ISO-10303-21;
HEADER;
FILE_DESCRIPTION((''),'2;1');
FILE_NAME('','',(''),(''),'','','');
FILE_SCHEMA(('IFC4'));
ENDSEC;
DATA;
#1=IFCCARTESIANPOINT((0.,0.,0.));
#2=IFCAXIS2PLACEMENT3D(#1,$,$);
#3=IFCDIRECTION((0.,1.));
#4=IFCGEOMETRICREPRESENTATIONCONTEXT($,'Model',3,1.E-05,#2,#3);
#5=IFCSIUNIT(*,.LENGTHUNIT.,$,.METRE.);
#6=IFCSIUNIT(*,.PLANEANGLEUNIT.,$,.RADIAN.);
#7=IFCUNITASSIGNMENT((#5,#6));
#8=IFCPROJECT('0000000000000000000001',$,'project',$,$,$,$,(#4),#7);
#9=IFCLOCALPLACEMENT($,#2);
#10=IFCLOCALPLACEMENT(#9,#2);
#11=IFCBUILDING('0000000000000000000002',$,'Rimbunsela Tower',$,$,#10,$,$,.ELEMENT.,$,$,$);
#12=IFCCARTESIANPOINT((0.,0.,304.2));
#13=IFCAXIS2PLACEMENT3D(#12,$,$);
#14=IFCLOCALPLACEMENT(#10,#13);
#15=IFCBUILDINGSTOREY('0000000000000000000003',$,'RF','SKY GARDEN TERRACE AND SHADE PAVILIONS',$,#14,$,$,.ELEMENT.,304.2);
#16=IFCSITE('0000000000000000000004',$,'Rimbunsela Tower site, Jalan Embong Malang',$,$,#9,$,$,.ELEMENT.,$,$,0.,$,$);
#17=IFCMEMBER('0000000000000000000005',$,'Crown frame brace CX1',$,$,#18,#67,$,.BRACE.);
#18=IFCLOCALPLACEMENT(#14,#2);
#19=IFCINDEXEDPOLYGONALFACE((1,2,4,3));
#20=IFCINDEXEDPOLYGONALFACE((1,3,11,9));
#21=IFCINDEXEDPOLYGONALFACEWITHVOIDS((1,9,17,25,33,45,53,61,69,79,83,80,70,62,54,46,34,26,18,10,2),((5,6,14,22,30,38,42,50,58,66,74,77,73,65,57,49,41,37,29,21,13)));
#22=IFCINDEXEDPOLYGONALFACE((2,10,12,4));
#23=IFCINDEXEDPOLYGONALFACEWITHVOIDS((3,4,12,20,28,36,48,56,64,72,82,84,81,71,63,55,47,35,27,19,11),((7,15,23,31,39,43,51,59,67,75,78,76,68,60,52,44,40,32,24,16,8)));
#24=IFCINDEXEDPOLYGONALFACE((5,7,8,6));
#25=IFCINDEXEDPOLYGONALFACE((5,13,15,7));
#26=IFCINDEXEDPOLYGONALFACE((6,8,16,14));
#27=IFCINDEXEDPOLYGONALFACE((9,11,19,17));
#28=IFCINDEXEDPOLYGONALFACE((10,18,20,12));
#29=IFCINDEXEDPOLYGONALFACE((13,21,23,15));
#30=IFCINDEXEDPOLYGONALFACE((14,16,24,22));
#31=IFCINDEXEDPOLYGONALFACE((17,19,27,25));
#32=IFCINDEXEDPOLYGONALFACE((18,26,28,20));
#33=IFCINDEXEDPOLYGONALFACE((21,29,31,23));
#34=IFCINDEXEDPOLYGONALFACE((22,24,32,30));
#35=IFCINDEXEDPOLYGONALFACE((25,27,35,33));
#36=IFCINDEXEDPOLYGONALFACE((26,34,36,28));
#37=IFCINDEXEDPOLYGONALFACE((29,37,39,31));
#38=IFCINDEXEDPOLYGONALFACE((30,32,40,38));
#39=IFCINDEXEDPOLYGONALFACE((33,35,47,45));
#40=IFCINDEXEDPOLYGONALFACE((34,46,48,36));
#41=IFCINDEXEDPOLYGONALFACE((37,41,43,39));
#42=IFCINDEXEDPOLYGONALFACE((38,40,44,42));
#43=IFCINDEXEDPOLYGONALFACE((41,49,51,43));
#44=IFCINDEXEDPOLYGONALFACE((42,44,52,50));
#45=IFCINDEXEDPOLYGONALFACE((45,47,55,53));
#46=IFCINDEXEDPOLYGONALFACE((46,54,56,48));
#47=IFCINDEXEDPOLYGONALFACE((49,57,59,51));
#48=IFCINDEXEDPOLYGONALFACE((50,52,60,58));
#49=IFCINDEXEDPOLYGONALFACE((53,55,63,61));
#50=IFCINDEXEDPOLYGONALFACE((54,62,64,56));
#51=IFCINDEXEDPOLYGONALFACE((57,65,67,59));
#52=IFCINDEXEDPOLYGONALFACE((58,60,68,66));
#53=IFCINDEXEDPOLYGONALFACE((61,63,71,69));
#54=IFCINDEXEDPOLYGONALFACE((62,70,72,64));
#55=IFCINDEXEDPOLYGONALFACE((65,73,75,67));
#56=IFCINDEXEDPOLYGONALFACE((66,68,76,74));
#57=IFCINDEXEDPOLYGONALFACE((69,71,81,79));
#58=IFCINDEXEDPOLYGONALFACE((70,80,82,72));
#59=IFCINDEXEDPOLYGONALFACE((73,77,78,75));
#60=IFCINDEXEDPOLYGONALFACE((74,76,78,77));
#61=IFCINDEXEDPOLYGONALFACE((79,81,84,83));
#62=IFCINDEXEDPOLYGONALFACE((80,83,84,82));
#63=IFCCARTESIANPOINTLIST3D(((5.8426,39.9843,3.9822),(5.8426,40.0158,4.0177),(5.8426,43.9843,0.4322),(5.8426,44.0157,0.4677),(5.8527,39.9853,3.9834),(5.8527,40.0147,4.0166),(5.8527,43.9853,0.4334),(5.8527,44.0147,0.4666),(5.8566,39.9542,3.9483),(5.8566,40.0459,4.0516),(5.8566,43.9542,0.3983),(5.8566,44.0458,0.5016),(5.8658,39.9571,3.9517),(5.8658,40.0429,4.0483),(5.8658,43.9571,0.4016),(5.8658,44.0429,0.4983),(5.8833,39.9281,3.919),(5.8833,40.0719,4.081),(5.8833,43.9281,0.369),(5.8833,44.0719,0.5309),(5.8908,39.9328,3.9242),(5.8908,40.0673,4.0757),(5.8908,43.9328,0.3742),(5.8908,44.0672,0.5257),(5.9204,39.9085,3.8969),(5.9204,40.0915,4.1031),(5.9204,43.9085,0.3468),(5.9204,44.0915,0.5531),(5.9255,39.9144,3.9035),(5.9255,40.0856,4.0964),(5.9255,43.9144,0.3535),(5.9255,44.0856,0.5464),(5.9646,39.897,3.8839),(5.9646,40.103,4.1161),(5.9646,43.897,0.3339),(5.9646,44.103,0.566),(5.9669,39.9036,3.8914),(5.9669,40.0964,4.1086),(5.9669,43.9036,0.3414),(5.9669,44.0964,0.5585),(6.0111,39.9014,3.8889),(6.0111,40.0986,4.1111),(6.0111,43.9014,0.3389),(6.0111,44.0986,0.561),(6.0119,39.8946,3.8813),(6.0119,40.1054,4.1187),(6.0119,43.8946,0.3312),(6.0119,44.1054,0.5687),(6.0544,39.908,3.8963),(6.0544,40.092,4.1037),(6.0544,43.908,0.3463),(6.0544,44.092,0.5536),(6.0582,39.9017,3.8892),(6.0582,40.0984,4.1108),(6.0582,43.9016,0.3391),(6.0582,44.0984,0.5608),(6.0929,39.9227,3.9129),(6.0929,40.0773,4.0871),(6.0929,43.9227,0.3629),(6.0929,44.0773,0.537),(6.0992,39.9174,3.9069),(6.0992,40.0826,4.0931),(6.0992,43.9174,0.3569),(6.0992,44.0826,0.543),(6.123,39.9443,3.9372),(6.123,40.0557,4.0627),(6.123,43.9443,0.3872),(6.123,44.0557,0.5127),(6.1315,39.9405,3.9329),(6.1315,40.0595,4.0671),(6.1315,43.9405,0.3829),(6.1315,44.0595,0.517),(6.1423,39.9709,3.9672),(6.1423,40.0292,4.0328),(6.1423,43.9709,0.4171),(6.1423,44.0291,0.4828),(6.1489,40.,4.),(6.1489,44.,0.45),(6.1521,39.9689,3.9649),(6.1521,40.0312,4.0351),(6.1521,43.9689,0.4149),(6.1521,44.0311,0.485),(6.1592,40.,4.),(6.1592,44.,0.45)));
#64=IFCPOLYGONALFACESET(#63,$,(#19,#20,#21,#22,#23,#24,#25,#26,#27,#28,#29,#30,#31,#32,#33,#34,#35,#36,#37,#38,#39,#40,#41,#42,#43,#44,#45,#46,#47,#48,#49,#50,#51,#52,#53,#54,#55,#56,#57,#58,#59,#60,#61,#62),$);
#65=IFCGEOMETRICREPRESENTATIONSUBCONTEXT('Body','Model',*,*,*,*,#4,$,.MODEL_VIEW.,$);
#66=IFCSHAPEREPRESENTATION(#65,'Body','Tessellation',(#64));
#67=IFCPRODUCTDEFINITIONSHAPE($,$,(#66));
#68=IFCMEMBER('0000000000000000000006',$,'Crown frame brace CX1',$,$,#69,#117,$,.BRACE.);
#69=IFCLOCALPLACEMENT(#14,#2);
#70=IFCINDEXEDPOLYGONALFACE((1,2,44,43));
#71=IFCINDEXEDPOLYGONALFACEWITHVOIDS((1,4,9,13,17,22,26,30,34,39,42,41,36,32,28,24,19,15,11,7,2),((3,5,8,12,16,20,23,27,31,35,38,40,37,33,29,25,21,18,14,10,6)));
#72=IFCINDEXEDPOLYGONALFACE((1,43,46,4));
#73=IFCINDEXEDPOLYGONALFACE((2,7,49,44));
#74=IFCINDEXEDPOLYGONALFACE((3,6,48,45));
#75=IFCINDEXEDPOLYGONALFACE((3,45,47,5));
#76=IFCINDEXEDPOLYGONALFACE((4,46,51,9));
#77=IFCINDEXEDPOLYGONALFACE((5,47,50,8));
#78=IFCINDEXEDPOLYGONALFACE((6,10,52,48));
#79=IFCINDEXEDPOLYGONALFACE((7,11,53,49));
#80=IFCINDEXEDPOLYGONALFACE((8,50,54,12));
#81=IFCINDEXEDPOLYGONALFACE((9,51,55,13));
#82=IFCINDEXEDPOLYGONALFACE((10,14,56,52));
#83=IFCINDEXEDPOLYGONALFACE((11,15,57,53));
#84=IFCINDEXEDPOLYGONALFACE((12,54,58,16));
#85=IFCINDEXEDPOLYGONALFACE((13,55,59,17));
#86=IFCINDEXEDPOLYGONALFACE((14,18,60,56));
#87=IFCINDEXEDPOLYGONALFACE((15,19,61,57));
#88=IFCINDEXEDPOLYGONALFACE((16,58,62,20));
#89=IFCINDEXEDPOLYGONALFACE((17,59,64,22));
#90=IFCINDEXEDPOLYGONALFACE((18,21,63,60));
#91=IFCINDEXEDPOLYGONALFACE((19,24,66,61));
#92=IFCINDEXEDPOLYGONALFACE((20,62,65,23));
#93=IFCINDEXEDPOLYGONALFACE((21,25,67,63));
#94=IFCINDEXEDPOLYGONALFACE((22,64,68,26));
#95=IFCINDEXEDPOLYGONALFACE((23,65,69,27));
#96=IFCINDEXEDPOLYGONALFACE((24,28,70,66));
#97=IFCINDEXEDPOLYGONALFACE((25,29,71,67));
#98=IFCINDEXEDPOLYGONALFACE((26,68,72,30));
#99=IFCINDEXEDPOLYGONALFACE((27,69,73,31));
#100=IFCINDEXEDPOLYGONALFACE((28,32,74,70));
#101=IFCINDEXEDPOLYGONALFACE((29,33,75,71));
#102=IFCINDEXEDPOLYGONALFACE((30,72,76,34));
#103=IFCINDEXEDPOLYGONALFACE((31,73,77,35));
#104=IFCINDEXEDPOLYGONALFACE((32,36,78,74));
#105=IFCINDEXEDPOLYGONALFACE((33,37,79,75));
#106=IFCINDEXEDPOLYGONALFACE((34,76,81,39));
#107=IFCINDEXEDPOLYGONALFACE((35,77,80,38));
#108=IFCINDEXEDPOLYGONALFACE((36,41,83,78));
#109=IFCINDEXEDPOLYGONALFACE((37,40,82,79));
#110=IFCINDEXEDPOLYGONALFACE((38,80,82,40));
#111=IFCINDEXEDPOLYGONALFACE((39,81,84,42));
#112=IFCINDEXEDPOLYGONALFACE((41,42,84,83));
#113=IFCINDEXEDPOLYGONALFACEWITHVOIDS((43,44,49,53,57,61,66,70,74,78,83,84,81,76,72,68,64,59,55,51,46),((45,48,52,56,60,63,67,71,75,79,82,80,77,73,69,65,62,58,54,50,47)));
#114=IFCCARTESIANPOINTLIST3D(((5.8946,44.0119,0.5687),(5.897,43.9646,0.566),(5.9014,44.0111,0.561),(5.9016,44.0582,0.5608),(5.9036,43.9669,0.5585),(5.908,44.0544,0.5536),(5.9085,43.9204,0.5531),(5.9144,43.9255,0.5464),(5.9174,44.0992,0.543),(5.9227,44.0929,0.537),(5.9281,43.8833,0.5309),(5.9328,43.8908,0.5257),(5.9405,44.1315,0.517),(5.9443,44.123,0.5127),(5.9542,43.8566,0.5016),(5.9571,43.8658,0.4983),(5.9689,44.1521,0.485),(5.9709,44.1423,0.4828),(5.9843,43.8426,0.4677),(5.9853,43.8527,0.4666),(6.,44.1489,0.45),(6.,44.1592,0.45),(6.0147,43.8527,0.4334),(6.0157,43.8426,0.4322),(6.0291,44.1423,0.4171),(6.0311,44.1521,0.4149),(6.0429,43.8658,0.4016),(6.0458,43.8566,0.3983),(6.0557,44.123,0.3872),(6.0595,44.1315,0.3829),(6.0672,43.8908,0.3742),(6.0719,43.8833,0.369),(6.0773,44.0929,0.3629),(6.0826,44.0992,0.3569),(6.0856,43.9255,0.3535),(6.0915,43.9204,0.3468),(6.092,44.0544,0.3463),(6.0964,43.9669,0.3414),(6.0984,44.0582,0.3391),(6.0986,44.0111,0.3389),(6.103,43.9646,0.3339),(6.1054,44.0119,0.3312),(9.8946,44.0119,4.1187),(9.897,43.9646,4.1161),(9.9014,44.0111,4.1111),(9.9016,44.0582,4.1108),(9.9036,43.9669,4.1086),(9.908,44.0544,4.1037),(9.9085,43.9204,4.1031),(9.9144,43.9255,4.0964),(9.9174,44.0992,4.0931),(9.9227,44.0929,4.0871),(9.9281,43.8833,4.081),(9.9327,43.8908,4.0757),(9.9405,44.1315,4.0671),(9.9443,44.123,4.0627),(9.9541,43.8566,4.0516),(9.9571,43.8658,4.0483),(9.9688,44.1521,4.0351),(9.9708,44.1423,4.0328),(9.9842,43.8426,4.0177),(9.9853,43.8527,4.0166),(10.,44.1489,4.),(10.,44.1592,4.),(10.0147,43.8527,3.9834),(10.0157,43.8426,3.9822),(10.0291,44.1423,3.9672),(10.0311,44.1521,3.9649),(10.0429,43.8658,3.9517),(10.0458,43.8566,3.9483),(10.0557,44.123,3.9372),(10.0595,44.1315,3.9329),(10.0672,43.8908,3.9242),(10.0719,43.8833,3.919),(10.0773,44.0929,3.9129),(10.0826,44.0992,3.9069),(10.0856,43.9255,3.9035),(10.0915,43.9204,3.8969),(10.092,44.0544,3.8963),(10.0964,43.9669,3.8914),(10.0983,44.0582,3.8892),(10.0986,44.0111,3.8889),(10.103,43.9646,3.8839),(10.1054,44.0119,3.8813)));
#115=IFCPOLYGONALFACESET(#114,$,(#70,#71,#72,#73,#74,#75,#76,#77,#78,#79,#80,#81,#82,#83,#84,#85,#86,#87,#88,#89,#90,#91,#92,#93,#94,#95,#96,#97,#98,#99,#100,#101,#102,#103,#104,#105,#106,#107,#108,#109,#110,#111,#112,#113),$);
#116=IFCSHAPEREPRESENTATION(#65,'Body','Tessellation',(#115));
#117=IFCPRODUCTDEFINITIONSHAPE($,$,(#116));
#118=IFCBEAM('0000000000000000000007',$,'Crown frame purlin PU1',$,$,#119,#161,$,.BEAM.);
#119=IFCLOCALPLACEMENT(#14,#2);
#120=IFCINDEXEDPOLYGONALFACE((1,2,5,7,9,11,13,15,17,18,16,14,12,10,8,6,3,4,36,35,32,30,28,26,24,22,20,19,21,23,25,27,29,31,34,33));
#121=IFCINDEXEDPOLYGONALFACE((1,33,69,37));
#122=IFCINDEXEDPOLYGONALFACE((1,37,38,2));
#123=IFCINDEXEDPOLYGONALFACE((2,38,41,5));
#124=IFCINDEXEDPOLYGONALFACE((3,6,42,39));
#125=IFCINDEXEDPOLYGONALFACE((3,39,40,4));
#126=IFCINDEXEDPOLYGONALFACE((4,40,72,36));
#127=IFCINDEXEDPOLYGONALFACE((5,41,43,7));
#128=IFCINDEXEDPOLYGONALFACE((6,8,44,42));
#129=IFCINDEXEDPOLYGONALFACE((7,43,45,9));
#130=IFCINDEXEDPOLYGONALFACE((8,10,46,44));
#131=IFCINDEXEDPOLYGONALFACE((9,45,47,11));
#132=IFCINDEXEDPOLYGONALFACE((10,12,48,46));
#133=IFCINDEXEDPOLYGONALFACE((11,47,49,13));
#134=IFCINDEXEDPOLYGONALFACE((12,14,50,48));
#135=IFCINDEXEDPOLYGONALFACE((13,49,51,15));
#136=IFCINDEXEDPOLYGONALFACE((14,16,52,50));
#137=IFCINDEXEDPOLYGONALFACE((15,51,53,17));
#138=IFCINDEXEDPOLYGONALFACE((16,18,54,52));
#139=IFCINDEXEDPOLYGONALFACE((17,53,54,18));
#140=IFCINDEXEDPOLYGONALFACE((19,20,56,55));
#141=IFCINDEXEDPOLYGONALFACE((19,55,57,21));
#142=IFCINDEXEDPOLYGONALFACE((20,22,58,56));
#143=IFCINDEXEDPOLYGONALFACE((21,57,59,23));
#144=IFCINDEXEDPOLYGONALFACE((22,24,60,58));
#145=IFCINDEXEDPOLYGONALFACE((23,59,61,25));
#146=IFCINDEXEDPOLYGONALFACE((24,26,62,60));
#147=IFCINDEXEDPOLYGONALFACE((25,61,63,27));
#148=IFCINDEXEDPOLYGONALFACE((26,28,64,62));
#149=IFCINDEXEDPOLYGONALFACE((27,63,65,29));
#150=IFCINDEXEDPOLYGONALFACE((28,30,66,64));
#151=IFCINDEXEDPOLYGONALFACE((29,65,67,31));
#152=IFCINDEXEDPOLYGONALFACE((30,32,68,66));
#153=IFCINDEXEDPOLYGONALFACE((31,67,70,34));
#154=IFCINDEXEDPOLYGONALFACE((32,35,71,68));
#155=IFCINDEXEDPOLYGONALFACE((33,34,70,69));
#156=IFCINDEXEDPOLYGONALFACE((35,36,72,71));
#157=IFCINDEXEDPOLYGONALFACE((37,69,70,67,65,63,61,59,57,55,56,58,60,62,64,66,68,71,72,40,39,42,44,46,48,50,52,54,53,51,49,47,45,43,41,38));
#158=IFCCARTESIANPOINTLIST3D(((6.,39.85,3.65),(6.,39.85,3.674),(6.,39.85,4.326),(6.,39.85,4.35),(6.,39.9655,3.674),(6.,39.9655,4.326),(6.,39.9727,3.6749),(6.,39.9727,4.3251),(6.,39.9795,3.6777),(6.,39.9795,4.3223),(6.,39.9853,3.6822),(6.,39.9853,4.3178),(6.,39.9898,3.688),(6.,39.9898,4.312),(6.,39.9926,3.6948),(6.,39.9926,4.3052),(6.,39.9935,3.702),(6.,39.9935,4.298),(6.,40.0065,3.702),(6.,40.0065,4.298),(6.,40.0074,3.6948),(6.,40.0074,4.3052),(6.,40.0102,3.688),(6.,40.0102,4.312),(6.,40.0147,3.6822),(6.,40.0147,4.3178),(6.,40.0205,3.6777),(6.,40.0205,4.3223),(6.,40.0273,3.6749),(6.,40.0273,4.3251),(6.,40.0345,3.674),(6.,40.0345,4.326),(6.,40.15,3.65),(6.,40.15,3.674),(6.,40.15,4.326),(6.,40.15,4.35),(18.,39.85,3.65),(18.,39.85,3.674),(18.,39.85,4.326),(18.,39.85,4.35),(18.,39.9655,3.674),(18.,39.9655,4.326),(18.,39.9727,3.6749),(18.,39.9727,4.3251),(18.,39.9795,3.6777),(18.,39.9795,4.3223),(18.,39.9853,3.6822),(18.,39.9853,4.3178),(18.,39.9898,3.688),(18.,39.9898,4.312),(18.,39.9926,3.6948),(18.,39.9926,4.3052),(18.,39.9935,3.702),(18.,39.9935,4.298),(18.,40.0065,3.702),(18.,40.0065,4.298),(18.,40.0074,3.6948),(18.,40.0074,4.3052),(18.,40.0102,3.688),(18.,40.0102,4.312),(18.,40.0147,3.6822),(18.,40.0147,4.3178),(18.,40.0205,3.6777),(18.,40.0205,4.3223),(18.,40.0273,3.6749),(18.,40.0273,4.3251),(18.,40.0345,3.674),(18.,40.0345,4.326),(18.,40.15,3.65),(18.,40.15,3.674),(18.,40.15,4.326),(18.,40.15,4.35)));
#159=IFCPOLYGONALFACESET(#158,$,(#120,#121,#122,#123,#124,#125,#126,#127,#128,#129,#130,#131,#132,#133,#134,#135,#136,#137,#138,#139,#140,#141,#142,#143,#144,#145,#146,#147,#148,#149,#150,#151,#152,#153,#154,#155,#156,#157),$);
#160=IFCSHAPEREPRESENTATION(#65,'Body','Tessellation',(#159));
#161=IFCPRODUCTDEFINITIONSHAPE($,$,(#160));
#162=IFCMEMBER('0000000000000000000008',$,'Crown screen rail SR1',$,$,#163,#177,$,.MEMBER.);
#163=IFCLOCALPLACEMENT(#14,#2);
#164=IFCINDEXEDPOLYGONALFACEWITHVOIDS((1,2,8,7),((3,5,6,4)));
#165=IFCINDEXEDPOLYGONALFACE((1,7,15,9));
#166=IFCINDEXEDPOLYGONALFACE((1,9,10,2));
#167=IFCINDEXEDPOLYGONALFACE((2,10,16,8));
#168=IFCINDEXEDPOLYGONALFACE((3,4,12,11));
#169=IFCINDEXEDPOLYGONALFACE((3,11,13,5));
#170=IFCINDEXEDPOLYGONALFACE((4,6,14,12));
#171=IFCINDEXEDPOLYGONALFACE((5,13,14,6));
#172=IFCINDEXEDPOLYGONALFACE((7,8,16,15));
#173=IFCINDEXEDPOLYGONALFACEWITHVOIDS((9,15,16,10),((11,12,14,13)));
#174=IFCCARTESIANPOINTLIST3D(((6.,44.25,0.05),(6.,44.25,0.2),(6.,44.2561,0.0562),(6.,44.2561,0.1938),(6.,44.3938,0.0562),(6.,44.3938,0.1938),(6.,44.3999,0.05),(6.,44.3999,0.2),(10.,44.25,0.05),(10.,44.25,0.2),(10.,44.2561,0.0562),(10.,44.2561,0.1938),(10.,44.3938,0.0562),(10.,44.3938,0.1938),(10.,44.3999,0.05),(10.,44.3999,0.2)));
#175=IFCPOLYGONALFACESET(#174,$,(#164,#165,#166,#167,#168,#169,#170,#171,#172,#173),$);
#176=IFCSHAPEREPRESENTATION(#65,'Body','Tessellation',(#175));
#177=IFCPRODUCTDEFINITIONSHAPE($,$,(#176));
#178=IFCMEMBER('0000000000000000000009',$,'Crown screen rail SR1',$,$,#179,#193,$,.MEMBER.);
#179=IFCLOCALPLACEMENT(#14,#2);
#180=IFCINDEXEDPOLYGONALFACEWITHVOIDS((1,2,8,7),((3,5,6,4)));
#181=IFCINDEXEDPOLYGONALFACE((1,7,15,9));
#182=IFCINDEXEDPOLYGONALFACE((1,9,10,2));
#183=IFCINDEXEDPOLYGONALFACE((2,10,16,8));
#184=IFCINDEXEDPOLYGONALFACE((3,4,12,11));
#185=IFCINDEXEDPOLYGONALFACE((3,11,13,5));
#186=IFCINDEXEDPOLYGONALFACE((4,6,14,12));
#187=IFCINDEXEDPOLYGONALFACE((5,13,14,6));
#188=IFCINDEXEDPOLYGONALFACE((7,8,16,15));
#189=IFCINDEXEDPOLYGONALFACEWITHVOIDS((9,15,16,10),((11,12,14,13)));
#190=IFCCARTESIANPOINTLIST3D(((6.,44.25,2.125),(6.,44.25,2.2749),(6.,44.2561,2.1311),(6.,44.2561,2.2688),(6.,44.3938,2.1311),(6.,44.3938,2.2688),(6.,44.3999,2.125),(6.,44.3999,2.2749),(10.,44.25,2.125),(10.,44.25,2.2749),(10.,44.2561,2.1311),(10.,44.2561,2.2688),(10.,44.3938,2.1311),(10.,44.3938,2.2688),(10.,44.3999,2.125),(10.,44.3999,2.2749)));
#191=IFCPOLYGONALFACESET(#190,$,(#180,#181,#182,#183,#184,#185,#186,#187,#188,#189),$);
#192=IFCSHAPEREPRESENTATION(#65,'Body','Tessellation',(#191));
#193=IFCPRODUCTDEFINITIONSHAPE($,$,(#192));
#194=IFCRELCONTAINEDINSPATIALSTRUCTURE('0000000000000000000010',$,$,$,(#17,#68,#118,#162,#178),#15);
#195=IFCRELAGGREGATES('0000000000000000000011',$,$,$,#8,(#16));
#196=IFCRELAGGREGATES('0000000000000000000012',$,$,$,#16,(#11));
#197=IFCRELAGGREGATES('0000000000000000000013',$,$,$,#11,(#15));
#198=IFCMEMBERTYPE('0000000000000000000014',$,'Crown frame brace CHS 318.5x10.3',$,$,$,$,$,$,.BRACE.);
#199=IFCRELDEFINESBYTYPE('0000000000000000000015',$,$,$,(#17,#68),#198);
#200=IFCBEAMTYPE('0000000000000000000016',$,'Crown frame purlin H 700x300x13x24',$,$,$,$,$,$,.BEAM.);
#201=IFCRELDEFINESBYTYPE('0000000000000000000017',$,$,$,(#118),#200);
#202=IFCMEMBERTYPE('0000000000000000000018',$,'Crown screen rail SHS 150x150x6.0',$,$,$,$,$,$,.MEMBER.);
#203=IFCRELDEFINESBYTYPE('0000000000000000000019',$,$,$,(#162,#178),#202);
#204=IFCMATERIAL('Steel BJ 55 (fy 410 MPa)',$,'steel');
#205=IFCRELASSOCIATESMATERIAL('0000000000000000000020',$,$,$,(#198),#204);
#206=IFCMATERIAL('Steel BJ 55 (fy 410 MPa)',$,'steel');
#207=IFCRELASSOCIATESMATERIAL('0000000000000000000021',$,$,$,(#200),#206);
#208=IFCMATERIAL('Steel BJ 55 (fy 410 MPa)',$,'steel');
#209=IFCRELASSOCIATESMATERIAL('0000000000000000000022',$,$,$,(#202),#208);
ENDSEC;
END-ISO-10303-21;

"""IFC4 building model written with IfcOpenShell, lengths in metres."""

from ifc_helpers import new_model, si_unit, direction, frame, origin, origin_2d, place, context, subcontext, project, spatial, hollow_rectangle, hollow_circle, i_section, extrude, material, material_profile, profile_set, type_object, element, save


model = new_model("IFC4")

# Units and contexts
model_context = context("Model", 3, precision=1e-05, world=origin(), true_north=direction((0.0, 1.0)))
body_context = subcontext(model_context, "Body", "Model", "MODEL_VIEW")
ifc_project = project(units=[si_unit("LENGTHUNIT", "METRE"), si_unit("PLANEANGLEUNIT", "RADIAN")], contexts=[model_context])

# Site, building, storey
site_placement = place(None, origin())
site = spatial("IfcSite", under=ifc_project, at=site_placement, Name="Rimbunsela Tower site, Jalan Embong Malang", CompositionType="ELEMENT", RefElevation=0.0)
building_placement = place(site_placement, origin())
building = spatial("IfcBuilding", under=site, at=building_placement, Name="Rimbunsela Tower", CompositionType="ELEMENT")
storey_placement = place(building_placement, frame((0.0, 0.0, 304.2)))
storey = spatial("IfcBuildingStorey", under=building, at=storey_placement, Name="RF", Description="SKY GARDEN TERRACE AND SHADE PAVILIONS", CompositionType="ELEMENT", Elevation=304.2)

# Members
ifc_material_1 = material(Name="Steel BJ 55 (fy 410 MPa)", Category="steel")
ifc_material_profile_1 = material_profile(ifc_material_1, hollow_circle(Radius=0.1592, WallThickness=0.0103, at=origin_2d()), Name="CHS 318.5x10.3")
ifc_profile_set_1 = profile_set([ifc_material_profile_1], Name="Steel BJ 55 (fy 410 MPa)")
member_type_1 = type_object("IfcMemberType", Name="Crown frame brace CHS 318.5x10.3", PredefinedType="BRACE", material=ifc_profile_set_1)
for number, where, z_axis, x_axis, name in (
    (1, (6.0, 44.0, 0.45), (0.0, -0.74792, 0.663788), (1.0, 0.0, 0.0), "Crown frame brace CX1"),
    (2, (6.0, 44.0, 0.45), (0.74792, 0.0, 0.663788), (0.0, 1.0, 0.0), "Crown frame brace CX1"),
):
    element("IfcMember", number, at=place(storey_placement, frame(where, z_axis=z_axis, x_axis=x_axis)), inside=storey, type_object=member_type_1, Name=name, PredefinedType="BRACE", context=body_context, shape_type="SweptSolid", body=[
        extrude(hollow_circle(Radius=0.1592, WallThickness=0.0103, at=origin_2d()), origin(), (0.0, 0.0, 1.0), 5.3481),
    ])

# Beam
ifc_material_2 = material(Name="Steel BJ 55 (fy 410 MPa)", Category="steel")
ifc_material_profile_2 = material_profile(ifc_material_2, i_section(OverallWidth=0.3, OverallDepth=0.7, WebThickness=0.0129, FlangeThickness=0.0239, FilletRadius=0.0281, at=origin_2d()), Name="H 700x300x13x24")
ifc_profile_set_2 = profile_set([ifc_material_profile_2], Name="Steel BJ 55 (fy 410 MPa)")
beam_type_1 = type_object("IfcBeamType", Name="Crown frame purlin H 700x300x13x24", PredefinedType="BEAM", material=ifc_profile_set_2)
beam_1_placement = place(storey_placement, frame((6.0, 40.0, 4.0), z_axis=(1.0, 0.0, 0.0), x_axis=(0.0, 1.0, 0.0)))
element("IfcBeam", 3, at=beam_1_placement, inside=storey, type_object=beam_type_1, Name="Crown frame purlin PU1", PredefinedType="BEAM", context=body_context, shape_type="SweptSolid", body=[
    extrude(i_section(OverallWidth=0.3, OverallDepth=0.7, WebThickness=0.0129, FlangeThickness=0.0239, FilletRadius=0.0281, at=origin_2d()), origin(), (0.0, 0.0, 1.0), 12.0),
])

# Members
ifc_material_3 = material(Name="Steel BJ 55 (fy 410 MPa)", Category="steel")
ifc_material_profile_3 = material_profile(ifc_material_3, hollow_rectangle(XDim=0.1499, YDim=0.1499, WallThickness=0.0061, at=origin_2d()), Name="SHS 150x150x6.0")
ifc_profile_set_3 = profile_set([ifc_material_profile_3], Name="Steel BJ 55 (fy 410 MPa)")
member_type_2 = type_object("IfcMemberType", Name="Crown screen rail SHS 150x150x6.0", PredefinedType="MEMBER", material=ifc_profile_set_3)
for number, where, z_axis, x_axis, name in (
    (4, (6.0, 44.325, 0.125), (1.0, 0.0, 0.0), (0.0, 1.0, 0.0), "Crown screen rail SR1"),
    (5, (6.0, 44.325, 2.2), (1.0, 0.0, 0.0), (0.0, 1.0, 0.0), "Crown screen rail SR1"),
):
    element("IfcMember", number, at=place(storey_placement, frame(where, z_axis=z_axis, x_axis=x_axis)), inside=storey, type_object=member_type_2, Name=name, PredefinedType="MEMBER", context=body_context, shape_type="SweptSolid", body=[
        extrude(hollow_rectangle(XDim=0.1499, YDim=0.1499, WallThickness=0.0061, at=origin_2d()), origin(), (0.0, 0.0, 1.0), 4.0),
    ])

save(model, "model.ifc")
